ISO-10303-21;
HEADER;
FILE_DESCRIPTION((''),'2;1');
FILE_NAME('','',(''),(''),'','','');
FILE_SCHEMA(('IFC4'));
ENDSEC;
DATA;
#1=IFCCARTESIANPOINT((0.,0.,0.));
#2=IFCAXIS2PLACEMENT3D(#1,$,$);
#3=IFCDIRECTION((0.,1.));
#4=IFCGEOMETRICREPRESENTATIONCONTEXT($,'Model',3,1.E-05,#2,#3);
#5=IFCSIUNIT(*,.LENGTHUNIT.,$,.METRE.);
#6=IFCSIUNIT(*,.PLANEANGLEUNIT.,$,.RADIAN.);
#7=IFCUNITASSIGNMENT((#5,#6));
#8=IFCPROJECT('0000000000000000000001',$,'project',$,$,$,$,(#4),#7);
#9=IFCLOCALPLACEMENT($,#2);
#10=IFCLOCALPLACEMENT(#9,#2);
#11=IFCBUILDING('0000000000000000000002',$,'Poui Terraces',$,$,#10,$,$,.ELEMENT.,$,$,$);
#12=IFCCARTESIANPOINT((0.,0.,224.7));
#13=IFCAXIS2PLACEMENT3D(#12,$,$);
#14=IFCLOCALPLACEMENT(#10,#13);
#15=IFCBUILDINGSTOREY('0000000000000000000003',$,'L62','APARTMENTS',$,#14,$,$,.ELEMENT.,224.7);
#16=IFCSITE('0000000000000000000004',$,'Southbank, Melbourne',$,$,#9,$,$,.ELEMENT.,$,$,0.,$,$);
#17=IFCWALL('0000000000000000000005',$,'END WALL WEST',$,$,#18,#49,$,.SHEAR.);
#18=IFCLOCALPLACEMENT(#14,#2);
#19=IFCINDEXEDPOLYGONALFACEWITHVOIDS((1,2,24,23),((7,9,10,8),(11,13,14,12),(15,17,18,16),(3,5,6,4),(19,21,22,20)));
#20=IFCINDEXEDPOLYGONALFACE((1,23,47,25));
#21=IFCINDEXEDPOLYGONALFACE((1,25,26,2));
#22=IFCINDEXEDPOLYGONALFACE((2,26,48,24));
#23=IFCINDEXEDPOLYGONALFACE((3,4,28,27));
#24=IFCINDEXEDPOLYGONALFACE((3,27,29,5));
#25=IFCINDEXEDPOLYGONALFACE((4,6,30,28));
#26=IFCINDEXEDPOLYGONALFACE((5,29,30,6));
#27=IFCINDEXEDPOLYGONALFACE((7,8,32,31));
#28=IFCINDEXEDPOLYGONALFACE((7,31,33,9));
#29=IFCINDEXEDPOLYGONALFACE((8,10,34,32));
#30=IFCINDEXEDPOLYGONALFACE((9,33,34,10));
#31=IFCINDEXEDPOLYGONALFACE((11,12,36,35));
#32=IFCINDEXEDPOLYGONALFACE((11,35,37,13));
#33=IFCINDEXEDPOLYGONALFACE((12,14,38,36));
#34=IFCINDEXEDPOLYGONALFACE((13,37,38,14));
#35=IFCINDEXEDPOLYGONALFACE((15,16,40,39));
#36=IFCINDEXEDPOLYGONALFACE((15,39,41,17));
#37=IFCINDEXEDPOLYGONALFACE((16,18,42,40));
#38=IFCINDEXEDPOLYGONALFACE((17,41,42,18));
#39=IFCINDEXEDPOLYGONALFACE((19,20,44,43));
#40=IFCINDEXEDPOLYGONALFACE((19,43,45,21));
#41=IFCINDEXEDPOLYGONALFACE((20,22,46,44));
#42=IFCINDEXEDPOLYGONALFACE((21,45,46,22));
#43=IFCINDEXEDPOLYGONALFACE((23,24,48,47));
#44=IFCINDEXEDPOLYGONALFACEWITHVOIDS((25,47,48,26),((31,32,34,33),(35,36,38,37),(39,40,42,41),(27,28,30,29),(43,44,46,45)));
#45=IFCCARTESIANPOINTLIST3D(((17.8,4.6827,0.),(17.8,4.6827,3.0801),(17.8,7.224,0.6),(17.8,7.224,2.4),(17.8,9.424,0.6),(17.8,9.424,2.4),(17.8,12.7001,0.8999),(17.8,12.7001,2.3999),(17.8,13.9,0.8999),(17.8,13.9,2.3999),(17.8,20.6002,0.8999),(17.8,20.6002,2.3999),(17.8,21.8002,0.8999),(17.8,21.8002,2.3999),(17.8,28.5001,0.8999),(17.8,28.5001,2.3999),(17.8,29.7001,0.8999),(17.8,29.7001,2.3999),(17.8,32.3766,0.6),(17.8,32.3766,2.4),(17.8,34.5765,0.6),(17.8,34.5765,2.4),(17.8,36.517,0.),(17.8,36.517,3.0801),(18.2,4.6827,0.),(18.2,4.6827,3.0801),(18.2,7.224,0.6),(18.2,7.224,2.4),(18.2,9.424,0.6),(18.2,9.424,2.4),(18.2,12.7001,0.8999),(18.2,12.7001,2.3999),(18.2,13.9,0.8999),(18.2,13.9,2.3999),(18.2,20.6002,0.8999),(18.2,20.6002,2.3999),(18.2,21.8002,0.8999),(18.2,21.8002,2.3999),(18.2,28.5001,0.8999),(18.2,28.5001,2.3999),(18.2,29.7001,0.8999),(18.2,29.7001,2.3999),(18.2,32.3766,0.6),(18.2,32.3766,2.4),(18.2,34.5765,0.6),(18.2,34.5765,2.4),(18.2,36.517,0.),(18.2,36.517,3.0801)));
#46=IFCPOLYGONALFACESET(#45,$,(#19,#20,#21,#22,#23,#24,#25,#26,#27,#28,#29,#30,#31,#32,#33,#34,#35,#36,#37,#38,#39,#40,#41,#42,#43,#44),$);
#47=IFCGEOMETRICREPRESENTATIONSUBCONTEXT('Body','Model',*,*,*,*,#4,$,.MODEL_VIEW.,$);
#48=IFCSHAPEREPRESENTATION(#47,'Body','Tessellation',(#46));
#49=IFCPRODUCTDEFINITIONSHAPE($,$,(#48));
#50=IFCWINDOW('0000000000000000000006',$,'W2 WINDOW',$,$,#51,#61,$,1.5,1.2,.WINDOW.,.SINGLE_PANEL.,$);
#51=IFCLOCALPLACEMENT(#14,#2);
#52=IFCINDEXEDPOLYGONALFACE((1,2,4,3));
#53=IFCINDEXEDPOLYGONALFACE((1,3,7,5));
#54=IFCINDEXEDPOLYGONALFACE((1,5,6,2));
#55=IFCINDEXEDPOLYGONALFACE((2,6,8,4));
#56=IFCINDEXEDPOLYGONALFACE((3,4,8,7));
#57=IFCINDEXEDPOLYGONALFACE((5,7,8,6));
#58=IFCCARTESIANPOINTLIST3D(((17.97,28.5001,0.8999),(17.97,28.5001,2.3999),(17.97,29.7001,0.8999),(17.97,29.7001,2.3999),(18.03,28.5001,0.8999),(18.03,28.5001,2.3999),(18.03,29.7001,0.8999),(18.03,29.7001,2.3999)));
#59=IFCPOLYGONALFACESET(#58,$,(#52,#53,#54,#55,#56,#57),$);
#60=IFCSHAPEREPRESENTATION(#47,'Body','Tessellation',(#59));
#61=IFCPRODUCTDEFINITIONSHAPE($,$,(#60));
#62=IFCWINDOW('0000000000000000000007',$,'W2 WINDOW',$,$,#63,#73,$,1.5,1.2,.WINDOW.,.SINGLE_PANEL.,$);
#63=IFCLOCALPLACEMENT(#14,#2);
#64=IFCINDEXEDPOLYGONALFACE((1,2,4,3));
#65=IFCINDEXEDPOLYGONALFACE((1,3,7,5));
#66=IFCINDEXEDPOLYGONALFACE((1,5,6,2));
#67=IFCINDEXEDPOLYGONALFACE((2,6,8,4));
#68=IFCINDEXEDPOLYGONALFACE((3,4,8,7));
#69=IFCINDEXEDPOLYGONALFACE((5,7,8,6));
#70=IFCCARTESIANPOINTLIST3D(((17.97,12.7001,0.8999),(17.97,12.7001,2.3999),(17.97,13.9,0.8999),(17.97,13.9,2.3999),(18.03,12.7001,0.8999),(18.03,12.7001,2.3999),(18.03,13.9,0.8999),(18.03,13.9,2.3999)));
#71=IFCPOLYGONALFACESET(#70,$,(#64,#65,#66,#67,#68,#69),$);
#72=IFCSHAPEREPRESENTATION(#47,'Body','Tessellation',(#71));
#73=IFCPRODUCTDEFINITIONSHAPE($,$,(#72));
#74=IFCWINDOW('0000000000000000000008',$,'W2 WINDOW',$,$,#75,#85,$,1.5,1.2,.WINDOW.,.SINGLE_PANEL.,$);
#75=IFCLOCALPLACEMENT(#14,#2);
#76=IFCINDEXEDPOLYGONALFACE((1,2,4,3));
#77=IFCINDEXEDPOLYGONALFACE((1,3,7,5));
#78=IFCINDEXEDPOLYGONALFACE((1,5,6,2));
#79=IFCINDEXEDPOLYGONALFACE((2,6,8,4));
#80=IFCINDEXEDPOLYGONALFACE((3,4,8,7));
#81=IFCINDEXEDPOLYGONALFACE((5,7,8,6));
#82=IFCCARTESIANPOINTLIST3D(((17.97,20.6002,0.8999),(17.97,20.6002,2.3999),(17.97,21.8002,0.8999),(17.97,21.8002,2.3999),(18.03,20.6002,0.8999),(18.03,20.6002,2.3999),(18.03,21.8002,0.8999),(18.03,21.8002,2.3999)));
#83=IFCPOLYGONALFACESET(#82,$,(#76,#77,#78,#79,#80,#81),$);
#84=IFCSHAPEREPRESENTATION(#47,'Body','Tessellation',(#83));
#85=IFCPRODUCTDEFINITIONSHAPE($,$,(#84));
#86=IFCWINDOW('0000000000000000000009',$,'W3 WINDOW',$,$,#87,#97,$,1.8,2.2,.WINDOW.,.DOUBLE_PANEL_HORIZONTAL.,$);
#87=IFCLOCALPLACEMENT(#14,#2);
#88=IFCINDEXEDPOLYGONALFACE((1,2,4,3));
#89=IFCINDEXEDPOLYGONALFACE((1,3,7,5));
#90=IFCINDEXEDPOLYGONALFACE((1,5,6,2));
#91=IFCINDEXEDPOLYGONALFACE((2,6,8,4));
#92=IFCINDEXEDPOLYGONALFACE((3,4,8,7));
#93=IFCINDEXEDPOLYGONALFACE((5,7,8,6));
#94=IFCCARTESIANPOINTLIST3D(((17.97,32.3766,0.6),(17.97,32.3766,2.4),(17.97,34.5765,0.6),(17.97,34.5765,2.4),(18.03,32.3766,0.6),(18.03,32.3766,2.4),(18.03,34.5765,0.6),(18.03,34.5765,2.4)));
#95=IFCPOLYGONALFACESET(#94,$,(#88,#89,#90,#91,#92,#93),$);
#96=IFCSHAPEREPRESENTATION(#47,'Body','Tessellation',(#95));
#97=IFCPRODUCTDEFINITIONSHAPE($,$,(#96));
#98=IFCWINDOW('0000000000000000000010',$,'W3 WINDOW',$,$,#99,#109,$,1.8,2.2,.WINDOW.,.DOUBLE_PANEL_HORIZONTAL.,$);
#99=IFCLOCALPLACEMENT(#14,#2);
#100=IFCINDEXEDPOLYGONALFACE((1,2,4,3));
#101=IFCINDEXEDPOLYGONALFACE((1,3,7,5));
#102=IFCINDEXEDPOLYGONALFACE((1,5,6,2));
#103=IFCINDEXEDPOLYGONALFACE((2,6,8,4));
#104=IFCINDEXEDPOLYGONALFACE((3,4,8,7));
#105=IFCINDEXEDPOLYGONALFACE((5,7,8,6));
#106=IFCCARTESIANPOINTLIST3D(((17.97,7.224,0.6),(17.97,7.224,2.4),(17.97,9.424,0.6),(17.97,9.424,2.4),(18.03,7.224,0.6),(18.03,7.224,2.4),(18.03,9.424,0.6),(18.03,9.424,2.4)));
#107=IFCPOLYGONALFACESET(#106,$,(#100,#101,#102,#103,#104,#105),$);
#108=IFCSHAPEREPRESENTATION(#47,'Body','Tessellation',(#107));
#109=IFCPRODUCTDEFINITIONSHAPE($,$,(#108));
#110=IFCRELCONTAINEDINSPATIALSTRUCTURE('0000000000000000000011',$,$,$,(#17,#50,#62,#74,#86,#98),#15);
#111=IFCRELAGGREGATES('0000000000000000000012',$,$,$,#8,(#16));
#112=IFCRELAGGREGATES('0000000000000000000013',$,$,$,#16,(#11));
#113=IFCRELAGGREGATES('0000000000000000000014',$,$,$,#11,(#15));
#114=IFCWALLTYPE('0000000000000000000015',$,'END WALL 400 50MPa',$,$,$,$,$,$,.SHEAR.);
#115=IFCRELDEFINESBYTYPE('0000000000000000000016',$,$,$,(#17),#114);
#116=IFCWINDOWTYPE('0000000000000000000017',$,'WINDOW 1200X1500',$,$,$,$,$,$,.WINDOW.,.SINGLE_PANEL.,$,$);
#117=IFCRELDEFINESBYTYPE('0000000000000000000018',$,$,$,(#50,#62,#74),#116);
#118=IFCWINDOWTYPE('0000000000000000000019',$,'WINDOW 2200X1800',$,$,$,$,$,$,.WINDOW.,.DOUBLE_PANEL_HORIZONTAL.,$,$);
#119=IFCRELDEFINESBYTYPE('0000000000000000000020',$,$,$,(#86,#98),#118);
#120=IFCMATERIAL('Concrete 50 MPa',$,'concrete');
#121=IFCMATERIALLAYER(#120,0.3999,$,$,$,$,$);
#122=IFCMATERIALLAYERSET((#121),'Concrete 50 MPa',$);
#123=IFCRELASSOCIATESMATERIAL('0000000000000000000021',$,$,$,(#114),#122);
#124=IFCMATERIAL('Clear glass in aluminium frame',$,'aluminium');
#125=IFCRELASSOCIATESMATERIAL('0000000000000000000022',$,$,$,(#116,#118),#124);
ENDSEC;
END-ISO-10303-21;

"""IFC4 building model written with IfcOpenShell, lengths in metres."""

from ifc_helpers import new_model, si_unit, direction, frame, frame_2d, origin, place, context, subcontext, project, spatial, rectangle, extrude, material, layer, layer_set, type_object, element, fill, save


model = new_model("IFC4")

# Units and contexts
model_context = context("Model", 3, precision=1e-05, world=origin(), true_north=direction((0.0, 1.0)))
body_context = subcontext(model_context, "Body", "Model", "MODEL_VIEW")
ifc_project = project(units=[si_unit("LENGTHUNIT", "METRE"), si_unit("PLANEANGLEUNIT", "RADIAN")], contexts=[model_context])

# Site, building, storey
site_placement = place(None, origin())
site = spatial("IfcSite", under=ifc_project, at=site_placement, Name="Southbank, Melbourne", CompositionType="ELEMENT", RefElevation=0.0)
building_placement = place(site_placement, origin())
building = spatial("IfcBuilding", under=site, at=building_placement, Name="Poui Terraces", CompositionType="ELEMENT")
storey_placement = place(building_placement, frame((0.0, 0.0, 224.7)))
storey = spatial("IfcBuildingStorey", under=building, at=storey_placement, Name="L62", Description="APARTMENTS", CompositionType="ELEMENT", Elevation=224.7)

# Wall, openings, windows
ifc_material_1 = material(Name="Concrete 50 MPa", Category="concrete")
ifc_layer = layer(ifc_material_1, 0.3999)
ifc_layer_set = layer_set([ifc_layer], Name="Concrete 50 MPa")
wall_type = type_object("IfcWallType", Name="END WALL 400 50MPa", PredefinedType="SHEAR", material=ifc_layer_set)
wall_placement = place(storey_placement, frame((18.0, 4.6829, 0.0), z_axis=(0.0, 0.0, 1.0), x_axis=(0.0, 1.0, 0.0)))
wall = element("IfcWall", 1, at=wall_placement, inside=storey, type_object=wall_type, Name="END WALL WEST", PredefinedType="SHEAR", context=body_context, shape_type="SweptSolid", body=[
    extrude(rectangle(XDim=31.8342, YDim=0.3999, at=frame_2d((15.917, 0.0))), origin(), (0.0, 0.0, 1.0), 3.0801),
])
opening_1_placement = place(wall_placement, frame((23.8171, 0.0, 0.8999)))
opening_1 = element("IfcOpeningElement", 2, at=opening_1_placement, cuts=wall, PredefinedType="OPENING", context=body_context, shape_type="SweptSolid", body=[
    extrude(rectangle(XDim=1.2, YDim=1.5, at=frame_2d((0.6001, 0.75))), frame((0.0, 0.21, 0.0), z_axis=(0.0, -1.0, 0.0), x_axis=(1.0, 0.0, 0.0)), (0.0, 0.0, 1.0), 0.4199),
])
opening_2_placement = place(wall_placement, frame((8.0171, 0.0, 0.8999)))
opening_2 = element("IfcOpeningElement", 3, at=opening_2_placement, cuts=wall, PredefinedType="OPENING", context=body_context, shape_type="SweptSolid", body=[
    extrude(rectangle(XDim=1.2, YDim=1.5, at=frame_2d((0.6001, 0.75))), frame((0.0, 0.21, 0.0), z_axis=(0.0, -1.0, 0.0), x_axis=(1.0, 0.0, 0.0)), (0.0, 0.0, 1.0), 0.4199),
])
opening_3_placement = place(wall_placement, frame((27.6936, 0.0, 0.6001)))
opening_3 = element("IfcOpeningElement", 4, at=opening_3_placement, cuts=wall, PredefinedType="OPENING", context=body_context, shape_type="SweptSolid", body=[
    extrude(rectangle(XDim=2.2, YDim=1.8, at=frame_2d((1.1001, 0.8999))), frame((0.0, 0.21, 0.0), z_axis=(0.0, -1.0, 0.0), x_axis=(1.0, 0.0, 0.0)), (0.0, 0.0, 1.0), 0.4199),
])
opening_4_placement = place(wall_placement, frame((2.541, 0.0, 0.6001)))
opening_4 = element("IfcOpeningElement", 5, at=opening_4_placement, cuts=wall, PredefinedType="OPENING", context=body_context, shape_type="SweptSolid", body=[
    extrude(rectangle(XDim=2.2, YDim=1.8, at=frame_2d((1.1001, 0.8999))), frame((0.0, 0.21, 0.0), z_axis=(0.0, -1.0, 0.0), x_axis=(1.0, 0.0, 0.0)), (0.0, 0.0, 1.0), 0.4199),
])
opening_5_placement = place(wall_placement, frame((15.9172, 0.0, 0.8999)))
opening_5 = element("IfcOpeningElement", 6, at=opening_5_placement, cuts=wall, PredefinedType="OPENING", context=body_context, shape_type="SweptSolid", body=[
    extrude(rectangle(XDim=1.2, YDim=1.5, at=frame_2d((0.6001, 0.75))), frame((0.0, 0.21, 0.0), z_axis=(0.0, -1.0, 0.0), x_axis=(1.0, 0.0, 0.0)), (0.0, 0.0, 1.0), 0.4199),
])
ifc_material_2 = material(Name="Clear glass in aluminium frame", Category="aluminium")
window_type_1 = type_object("IfcWindowType", Name="WINDOW 1200X1500", PartitioningType="SINGLE_PANEL", PredefinedType="WINDOW", material=ifc_material_2)
window_1_placement = place(opening_1_placement, origin())
window_1 = element("IfcWindow", 7, at=window_1_placement, inside=storey, type_object=window_type_1, Name="W2 WINDOW", OverallHeight=1.5, OverallWidth=1.2, PartitioningType="SINGLE_PANEL", PredefinedType="WINDOW", context=body_context, shape_type="SweptSolid", body=[
    extrude(rectangle(XDim=1.2, YDim=1.5, at=frame_2d((0.6001, 0.75))), frame((0.0, 0.03, 0.0), z_axis=(0.0, -1.0, 0.0), x_axis=(1.0, 0.0, 0.0)), (0.0, 0.0, 1.0), 0.0601),
])
fill(opening_1, window_1)
window_2_placement = place(opening_2_placement, origin())
window_2 = element("IfcWindow", 8, at=window_2_placement, inside=storey, type_object=window_type_1, Name="W2 WINDOW", OverallHeight=1.5, OverallWidth=1.2, PartitioningType="SINGLE_PANEL", PredefinedType="WINDOW", context=body_context, shape_type="SweptSolid", body=[
    extrude(rectangle(XDim=1.2, YDim=1.5, at=frame_2d((0.6001, 0.75))), frame((0.0, 0.03, 0.0), z_axis=(0.0, -1.0, 0.0), x_axis=(1.0, 0.0, 0.0)), (0.0, 0.0, 1.0), 0.0601),
])
fill(opening_2, window_2)
window_3_placement = place(opening_5_placement, origin())
window_3 = element("IfcWindow", 9, at=window_3_placement, inside=storey, type_object=window_type_1, Name="W2 WINDOW", OverallHeight=1.5, OverallWidth=1.2, PartitioningType="SINGLE_PANEL", PredefinedType="WINDOW", context=body_context, shape_type="SweptSolid", body=[
    extrude(rectangle(XDim=1.2, YDim=1.5, at=frame_2d((0.6001, 0.75))), frame((0.0, 0.03, 0.0), z_axis=(0.0, -1.0, 0.0), x_axis=(1.0, 0.0, 0.0)), (0.0, 0.0, 1.0), 0.0601),
])
fill(opening_5, window_3)
window_type_2 = type_object("IfcWindowType", Name="WINDOW 2200X1800", PartitioningType="DOUBLE_PANEL_HORIZONTAL", PredefinedType="WINDOW", material=ifc_material_2)
window_4_placement = place(opening_3_placement, origin())
window_4 = element("IfcWindow", 10, at=window_4_placement, inside=storey, type_object=window_type_2, Name="W3 WINDOW", OverallHeight=1.8, OverallWidth=2.2, PartitioningType="DOUBLE_PANEL_HORIZONTAL", PredefinedType="WINDOW", context=body_context, shape_type="SweptSolid", body=[
    extrude(rectangle(XDim=2.2, YDim=1.8, at=frame_2d((1.1001, 0.8999))), frame((0.0, 0.03, 0.0), z_axis=(0.0, -1.0, 0.0), x_axis=(1.0, 0.0, 0.0)), (0.0, 0.0, 1.0), 0.0601),
])
fill(opening_3, window_4)
window_5_placement = place(opening_4_placement, origin())
window_5 = element("IfcWindow", 11, at=window_5_placement, inside=storey, type_object=window_type_2, Name="W3 WINDOW", OverallHeight=1.8, OverallWidth=2.2, PartitioningType="DOUBLE_PANEL_HORIZONTAL", PredefinedType="WINDOW", context=body_context, shape_type="SweptSolid", body=[
    extrude(rectangle(XDim=2.2, YDim=1.8, at=frame_2d((1.1001, 0.8999))), frame((0.0, 0.03, 0.0), z_axis=(0.0, -1.0, 0.0), x_axis=(1.0, 0.0, 0.0)), (0.0, 0.0, 1.0), 0.0601),
])
fill(opening_4, window_5)

save(model, "model.ifc")
